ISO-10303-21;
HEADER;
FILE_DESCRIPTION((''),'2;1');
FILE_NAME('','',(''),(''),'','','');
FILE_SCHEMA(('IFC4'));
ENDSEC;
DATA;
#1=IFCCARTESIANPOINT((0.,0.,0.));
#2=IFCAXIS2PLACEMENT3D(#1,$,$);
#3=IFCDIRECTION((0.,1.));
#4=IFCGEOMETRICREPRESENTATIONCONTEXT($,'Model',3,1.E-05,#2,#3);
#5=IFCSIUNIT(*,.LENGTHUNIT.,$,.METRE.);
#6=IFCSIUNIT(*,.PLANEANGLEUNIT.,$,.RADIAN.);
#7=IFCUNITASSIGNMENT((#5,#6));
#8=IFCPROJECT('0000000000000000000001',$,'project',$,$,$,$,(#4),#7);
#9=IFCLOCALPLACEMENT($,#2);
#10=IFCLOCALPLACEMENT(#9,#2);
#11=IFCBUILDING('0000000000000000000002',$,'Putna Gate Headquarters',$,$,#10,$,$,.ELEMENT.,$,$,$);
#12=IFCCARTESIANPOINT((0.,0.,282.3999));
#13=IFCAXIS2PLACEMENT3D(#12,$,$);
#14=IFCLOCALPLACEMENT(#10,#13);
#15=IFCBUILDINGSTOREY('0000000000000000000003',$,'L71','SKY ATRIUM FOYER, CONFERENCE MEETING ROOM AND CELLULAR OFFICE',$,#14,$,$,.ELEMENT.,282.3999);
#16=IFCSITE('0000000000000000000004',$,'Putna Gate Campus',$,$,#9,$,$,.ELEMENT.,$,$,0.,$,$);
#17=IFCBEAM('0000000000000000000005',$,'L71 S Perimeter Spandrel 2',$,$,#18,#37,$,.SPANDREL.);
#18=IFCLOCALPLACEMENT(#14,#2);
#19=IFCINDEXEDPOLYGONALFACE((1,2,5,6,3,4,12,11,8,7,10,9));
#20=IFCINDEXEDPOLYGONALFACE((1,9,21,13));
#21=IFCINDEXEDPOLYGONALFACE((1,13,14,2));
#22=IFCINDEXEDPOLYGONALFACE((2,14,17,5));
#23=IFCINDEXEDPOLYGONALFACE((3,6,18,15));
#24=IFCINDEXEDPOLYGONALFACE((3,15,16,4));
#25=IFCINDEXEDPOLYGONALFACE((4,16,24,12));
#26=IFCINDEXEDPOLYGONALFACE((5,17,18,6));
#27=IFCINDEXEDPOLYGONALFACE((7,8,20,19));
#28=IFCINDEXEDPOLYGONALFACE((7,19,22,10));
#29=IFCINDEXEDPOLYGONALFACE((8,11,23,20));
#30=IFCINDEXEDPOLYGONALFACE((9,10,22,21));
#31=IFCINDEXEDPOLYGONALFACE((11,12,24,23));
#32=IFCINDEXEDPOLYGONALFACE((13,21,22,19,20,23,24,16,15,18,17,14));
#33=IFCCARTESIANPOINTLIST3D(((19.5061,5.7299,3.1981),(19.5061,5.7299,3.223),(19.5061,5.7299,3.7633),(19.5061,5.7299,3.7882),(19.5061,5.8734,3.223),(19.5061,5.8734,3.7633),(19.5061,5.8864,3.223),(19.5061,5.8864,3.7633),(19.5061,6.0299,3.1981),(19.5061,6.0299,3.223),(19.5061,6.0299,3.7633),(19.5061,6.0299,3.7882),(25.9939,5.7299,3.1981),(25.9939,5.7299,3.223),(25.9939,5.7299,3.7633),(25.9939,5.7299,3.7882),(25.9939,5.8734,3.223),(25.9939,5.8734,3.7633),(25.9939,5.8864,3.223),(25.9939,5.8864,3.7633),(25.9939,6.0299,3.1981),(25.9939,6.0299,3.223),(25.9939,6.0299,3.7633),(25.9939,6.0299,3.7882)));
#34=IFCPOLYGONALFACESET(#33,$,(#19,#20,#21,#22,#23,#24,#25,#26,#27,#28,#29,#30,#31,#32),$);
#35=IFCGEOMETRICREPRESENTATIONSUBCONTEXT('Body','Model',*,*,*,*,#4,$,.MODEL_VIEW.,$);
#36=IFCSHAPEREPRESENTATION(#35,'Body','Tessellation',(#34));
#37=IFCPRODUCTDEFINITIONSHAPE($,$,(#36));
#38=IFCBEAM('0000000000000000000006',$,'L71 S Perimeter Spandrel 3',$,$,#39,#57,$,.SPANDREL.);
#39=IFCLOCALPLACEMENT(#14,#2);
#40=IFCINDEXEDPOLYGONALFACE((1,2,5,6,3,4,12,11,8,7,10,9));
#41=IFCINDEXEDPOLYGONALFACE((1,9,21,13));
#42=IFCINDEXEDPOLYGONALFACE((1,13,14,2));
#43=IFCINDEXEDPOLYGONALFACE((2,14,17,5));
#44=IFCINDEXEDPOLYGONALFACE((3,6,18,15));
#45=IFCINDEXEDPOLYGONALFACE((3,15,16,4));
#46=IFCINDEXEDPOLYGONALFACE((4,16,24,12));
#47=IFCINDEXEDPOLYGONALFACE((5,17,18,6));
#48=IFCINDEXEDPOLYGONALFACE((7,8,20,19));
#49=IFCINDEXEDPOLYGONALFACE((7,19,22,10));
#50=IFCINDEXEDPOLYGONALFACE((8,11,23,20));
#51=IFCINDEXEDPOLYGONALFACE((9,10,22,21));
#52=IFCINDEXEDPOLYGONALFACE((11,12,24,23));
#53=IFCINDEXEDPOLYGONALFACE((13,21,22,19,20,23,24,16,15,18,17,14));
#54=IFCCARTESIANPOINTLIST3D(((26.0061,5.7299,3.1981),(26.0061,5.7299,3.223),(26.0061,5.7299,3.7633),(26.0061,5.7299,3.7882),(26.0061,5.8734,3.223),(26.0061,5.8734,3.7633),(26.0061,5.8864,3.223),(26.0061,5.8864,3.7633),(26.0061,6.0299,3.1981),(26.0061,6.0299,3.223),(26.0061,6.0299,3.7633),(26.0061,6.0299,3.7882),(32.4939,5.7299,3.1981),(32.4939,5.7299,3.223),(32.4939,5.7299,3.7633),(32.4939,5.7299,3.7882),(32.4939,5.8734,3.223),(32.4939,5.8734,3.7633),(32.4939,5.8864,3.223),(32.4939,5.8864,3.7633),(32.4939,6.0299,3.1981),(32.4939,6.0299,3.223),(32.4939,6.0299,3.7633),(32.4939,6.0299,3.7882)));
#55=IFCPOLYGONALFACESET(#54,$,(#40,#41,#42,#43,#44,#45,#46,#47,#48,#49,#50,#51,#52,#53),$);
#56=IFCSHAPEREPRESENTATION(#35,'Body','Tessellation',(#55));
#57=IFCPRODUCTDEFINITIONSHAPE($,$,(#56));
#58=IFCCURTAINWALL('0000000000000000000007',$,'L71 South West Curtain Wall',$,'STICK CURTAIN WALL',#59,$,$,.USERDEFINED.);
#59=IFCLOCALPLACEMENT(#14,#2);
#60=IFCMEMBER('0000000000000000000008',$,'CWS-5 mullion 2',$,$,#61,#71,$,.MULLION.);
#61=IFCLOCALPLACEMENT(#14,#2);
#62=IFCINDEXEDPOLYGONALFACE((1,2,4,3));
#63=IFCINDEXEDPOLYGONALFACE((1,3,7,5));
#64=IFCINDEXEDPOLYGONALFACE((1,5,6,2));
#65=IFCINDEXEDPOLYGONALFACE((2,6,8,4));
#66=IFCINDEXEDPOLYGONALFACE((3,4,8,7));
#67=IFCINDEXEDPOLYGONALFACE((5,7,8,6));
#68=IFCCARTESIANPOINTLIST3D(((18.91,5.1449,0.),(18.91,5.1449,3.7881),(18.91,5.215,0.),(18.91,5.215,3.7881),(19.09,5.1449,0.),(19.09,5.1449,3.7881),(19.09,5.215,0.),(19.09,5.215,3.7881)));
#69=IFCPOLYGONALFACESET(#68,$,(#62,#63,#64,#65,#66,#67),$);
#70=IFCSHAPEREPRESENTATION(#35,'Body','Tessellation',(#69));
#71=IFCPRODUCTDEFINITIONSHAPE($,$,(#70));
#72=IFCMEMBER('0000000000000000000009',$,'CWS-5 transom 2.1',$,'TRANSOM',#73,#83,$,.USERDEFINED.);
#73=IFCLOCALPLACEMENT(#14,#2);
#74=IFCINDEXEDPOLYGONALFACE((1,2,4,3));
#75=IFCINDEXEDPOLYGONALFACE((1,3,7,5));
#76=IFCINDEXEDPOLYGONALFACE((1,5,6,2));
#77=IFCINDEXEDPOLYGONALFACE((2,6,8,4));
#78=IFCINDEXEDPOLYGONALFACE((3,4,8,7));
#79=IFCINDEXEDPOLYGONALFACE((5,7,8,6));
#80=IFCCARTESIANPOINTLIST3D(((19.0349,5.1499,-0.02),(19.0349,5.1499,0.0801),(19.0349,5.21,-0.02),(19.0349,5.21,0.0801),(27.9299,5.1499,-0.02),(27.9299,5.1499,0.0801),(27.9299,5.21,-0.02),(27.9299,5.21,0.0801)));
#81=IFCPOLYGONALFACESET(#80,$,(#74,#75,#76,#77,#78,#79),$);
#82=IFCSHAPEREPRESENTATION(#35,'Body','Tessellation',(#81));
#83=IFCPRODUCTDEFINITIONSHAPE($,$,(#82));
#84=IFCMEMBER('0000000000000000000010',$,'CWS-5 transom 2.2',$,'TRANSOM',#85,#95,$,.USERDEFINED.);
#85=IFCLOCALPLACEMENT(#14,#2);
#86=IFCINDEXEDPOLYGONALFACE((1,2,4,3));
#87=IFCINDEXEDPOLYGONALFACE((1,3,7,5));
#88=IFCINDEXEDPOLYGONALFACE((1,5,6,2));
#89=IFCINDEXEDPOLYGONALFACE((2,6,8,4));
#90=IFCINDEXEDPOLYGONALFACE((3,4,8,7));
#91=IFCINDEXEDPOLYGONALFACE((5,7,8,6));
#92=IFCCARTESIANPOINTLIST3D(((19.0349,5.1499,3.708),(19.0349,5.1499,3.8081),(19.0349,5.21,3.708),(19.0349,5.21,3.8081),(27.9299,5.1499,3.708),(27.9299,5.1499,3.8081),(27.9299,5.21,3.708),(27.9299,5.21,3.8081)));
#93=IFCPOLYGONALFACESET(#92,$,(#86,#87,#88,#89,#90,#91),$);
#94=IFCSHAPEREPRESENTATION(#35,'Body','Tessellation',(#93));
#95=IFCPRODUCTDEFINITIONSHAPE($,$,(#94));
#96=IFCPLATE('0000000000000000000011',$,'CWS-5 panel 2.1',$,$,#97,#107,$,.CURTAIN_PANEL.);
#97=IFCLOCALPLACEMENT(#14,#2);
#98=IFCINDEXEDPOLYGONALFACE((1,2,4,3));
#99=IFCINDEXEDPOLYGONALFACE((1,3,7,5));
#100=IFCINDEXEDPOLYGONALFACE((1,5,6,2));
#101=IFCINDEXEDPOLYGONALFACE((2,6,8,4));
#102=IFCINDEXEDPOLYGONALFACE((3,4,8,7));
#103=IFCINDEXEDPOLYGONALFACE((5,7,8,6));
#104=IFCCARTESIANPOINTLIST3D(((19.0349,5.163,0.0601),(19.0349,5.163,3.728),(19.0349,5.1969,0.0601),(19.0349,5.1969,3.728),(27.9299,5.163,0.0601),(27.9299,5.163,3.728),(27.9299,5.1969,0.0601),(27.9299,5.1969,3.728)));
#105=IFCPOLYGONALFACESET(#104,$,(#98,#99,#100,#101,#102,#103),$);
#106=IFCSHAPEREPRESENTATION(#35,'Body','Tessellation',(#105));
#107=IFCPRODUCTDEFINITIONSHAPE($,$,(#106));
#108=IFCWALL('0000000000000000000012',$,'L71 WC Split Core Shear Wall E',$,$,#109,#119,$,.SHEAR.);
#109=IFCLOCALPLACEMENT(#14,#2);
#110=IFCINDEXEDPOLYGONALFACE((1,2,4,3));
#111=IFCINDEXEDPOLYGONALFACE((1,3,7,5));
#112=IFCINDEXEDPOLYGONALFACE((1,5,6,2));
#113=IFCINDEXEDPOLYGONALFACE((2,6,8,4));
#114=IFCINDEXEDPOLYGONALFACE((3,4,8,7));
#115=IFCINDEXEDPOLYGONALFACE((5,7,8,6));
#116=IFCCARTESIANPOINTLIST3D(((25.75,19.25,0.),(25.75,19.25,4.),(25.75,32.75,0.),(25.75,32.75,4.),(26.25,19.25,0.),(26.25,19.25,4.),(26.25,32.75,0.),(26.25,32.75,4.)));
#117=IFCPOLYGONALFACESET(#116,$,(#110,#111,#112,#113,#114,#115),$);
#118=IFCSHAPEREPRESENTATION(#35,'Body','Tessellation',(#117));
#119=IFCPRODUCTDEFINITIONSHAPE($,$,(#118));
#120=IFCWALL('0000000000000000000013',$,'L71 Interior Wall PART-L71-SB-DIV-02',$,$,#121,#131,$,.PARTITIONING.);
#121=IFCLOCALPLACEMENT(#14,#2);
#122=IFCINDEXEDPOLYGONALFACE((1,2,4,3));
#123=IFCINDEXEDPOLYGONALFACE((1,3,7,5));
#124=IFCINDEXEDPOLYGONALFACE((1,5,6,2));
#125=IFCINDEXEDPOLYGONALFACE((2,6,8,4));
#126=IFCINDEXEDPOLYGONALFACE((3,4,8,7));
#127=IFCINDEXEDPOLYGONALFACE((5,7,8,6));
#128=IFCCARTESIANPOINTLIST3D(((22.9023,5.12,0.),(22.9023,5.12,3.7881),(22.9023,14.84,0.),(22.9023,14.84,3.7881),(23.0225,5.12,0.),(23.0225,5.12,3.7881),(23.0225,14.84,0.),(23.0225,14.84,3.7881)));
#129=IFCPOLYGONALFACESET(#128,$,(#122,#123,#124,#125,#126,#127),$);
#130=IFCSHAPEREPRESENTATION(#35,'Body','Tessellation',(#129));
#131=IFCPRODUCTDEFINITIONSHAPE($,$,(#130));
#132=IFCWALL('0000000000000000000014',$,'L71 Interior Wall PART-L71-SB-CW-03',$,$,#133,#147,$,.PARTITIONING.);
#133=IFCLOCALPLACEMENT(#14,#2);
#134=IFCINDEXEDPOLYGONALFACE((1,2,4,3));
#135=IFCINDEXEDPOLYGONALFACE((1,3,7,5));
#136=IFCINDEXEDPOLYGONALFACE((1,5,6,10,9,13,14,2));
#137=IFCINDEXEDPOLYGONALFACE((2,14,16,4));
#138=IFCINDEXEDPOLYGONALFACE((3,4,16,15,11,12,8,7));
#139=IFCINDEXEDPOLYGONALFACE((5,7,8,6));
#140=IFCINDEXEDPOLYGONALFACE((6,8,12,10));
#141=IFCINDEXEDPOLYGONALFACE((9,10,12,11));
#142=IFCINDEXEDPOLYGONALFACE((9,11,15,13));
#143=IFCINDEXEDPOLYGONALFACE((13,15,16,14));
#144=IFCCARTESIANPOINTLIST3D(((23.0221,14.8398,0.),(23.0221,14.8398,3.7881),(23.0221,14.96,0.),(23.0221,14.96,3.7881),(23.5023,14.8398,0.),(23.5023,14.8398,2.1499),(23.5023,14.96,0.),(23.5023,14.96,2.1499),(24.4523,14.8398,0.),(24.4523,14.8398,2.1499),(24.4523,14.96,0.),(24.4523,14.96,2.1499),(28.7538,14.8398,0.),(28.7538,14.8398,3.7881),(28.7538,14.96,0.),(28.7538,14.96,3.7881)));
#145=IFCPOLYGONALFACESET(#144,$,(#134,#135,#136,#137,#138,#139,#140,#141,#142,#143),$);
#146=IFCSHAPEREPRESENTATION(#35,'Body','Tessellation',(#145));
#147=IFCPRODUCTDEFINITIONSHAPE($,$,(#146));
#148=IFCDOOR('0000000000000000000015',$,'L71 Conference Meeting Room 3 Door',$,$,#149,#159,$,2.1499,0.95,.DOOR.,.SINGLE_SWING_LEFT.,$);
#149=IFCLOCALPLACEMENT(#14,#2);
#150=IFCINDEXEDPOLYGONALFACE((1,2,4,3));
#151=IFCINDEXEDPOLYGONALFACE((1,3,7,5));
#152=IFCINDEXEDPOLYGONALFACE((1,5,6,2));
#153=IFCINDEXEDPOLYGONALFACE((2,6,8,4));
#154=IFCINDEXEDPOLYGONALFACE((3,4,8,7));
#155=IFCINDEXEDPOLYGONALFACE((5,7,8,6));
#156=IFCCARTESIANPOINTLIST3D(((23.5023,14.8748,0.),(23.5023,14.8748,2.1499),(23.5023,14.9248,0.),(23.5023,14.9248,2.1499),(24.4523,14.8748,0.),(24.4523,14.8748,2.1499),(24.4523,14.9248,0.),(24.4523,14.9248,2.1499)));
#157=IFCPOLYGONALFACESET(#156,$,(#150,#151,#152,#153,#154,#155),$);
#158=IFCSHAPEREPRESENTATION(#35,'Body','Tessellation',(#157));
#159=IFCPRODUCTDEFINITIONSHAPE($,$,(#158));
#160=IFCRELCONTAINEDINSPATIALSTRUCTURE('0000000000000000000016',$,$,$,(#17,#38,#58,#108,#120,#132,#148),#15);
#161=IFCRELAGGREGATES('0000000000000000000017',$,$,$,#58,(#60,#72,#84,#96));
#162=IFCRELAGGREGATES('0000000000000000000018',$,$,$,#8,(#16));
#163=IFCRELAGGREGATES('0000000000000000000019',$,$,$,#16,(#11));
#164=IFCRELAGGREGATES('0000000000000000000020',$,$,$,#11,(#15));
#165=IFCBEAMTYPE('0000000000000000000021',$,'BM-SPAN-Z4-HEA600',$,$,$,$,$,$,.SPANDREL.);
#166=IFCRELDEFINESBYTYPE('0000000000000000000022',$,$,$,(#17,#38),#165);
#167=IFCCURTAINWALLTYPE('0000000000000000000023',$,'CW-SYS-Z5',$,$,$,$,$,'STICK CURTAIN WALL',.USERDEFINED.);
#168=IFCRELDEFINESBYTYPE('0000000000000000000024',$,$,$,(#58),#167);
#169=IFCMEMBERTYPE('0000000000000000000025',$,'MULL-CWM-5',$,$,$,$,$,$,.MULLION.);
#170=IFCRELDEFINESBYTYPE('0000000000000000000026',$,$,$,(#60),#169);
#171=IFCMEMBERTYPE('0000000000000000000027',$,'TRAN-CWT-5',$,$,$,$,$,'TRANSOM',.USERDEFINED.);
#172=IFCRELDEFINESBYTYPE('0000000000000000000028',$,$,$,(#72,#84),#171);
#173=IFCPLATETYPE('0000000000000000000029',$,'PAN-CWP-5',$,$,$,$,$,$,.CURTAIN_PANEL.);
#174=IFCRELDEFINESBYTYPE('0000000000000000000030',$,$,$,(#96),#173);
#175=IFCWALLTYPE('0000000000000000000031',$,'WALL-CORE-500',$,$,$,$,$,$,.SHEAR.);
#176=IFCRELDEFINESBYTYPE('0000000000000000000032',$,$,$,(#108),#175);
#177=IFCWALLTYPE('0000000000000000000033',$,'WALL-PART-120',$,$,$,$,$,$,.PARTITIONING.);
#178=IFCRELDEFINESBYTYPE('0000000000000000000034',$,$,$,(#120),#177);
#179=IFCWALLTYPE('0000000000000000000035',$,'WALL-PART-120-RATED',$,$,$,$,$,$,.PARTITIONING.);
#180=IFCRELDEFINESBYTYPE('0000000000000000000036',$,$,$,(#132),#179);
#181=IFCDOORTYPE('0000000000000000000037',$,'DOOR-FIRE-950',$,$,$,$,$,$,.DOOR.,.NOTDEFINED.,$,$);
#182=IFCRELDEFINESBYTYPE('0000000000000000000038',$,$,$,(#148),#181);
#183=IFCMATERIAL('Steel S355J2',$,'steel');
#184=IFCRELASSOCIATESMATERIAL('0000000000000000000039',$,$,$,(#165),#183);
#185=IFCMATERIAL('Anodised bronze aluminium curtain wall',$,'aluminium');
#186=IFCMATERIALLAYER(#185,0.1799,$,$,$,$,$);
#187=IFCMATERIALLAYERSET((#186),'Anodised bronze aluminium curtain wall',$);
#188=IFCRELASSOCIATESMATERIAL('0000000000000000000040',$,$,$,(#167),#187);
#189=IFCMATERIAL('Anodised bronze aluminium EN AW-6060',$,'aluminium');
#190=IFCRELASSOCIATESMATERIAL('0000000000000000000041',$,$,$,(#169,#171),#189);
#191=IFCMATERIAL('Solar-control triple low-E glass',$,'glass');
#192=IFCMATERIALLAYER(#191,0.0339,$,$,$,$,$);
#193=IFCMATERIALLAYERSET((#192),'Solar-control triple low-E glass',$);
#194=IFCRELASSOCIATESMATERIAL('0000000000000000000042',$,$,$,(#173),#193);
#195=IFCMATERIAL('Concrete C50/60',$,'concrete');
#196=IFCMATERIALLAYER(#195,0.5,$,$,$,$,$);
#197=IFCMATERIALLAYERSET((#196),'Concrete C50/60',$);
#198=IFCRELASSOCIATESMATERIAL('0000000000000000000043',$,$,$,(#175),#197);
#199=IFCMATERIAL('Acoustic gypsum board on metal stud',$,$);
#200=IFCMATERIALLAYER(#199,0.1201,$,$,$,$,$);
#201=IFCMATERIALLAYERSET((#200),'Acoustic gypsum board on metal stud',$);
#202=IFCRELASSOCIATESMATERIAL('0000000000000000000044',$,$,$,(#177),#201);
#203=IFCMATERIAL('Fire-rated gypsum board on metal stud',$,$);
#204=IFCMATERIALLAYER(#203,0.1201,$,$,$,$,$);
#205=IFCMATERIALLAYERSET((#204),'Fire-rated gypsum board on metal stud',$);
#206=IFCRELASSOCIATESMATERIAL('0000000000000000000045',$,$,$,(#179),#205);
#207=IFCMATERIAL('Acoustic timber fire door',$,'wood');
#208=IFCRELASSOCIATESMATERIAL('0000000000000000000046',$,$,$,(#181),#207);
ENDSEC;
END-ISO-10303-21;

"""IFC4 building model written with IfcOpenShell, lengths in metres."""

from ifc_helpers import new_model, si_unit, direction, frame, frame_2d, origin, origin_2d, place, context, subcontext, project, spatial, rectangle, i_section, extrude, material, layer, layer_set, material_profile, profile_set, type_object, element, fill, aggregate, save


model = new_model("IFC4")

# Units and contexts
model_context = context("Model", 3, precision=1e-05, world=origin(), true_north=direction((0.0, 1.0)))
body_context = subcontext(model_context, "Body", "Model", "MODEL_VIEW")
ifc_project = project(units=[si_unit("LENGTHUNIT", "METRE"), si_unit("PLANEANGLEUNIT", "RADIAN")], contexts=[model_context])

# Site, building, storey
site_placement = place(None, origin())
site = spatial("IfcSite", under=ifc_project, at=site_placement, Name="Putna Gate Campus", CompositionType="ELEMENT", RefElevation=0.0)
building_placement = place(site_placement, origin())
building = spatial("IfcBuilding", under=site, at=building_placement, Name="Putna Gate Headquarters", CompositionType="ELEMENT")
storey_placement = place(building_placement, frame((0.0, 0.0, 282.3999)))
storey = spatial("IfcBuildingStorey", under=building, at=storey_placement, Name="L71", Description="SKY ATRIUM FOYER, CONFERENCE MEETING ROOM AND CELLULAR OFFICE", CompositionType="ELEMENT", Elevation=282.3999)

# Beams
ifc_material_1 = material(Name="Steel S355J2", Category="steel")
ifc_material_profile_1 = material_profile(ifc_material_1, i_section(OverallWidth=0.3, OverallDepth=0.5901, WebThickness=0.0129, FlangeThickness=0.0249, at=origin_2d()), Name="Steel S355J2")
ifc_profile_set_1 = profile_set([ifc_material_profile_1], Name="Steel S355J2")
beam_type_1 = type_object("IfcBeamType", Name="BM-SPAN-Z4-HEA600", PredefinedType="SPANDREL", material=ifc_profile_set_1)
for number, where, z_axis, x_axis, name in (
    (1, (19.5061, 5.8799, 3.4932), (1.0, 0.0, 0.0), (0.0, 1.0, 0.0), "L71 S Perimeter Spandrel 2"),
    (2, (26.0061, 5.8799, 3.4932), (1.0, 0.0, 0.0), (0.0, 1.0, 0.0), "L71 S Perimeter Spandrel 3"),
):
    element("IfcBeam", number, at=place(storey_placement, frame(where, z_axis=z_axis, x_axis=x_axis)), inside=storey, type_object=beam_type_1, Name=name, PredefinedType="SPANDREL", context=body_context, shape_type="SweptSolid", body=[
        extrude(i_section(OverallWidth=0.3, OverallDepth=0.5901, WebThickness=0.0129, FlangeThickness=0.0249, at=origin_2d()), origin(), (0.0, 0.0, 1.0), 6.4878),
    ])

# Curtain wall, members, plate
ifc_material_2 = material(Name="Anodised bronze aluminium curtain wall", Category="aluminium")
ifc_layer_1 = layer(ifc_material_2, 0.1799)
ifc_layer_set_1 = layer_set([ifc_layer_1], Name="Anodised bronze aluminium curtain wall")
curtain_wall_type = type_object("IfcCurtainWallType", Name="CW-SYS-Z5", ElementType="STICK CURTAIN WALL", PredefinedType="USERDEFINED", material=ifc_layer_set_1)
curtain_wall_placement = place(storey_placement, origin())
curtain_wall = element("IfcCurtainWall", 3, at=curtain_wall_placement, inside=storey, type_object=curtain_wall_type, Name="L71 South West Curtain Wall", ObjectType="STICK CURTAIN WALL", PredefinedType="USERDEFINED")
ifc_material_3 = material(Name="Anodised bronze aluminium EN AW-6060", Category="aluminium")
ifc_material_profile_2 = material_profile(ifc_material_3, rectangle(XDim=0.0701, YDim=0.1799, at=origin_2d()), Name="Anodised bronze aluminium EN AW-6060")
ifc_profile_set_2 = profile_set([ifc_material_profile_2], Name="Anodised bronze aluminium EN AW-6060")
member_type_1 = type_object("IfcMemberType", Name="MULL-CWM-5", PredefinedType="MULLION", material=ifc_profile_set_2)
member_1_placement = place(storey_placement, frame((19.0, 5.1799, 0.0), z_axis=(0.0, 0.0, 1.0), x_axis=(0.0, 1.0, 0.0)))
member_1 = element("IfcMember", 4, at=member_1_placement, type_object=member_type_1, Name="CWS-5 mullion 2", PredefinedType="MULLION", context=body_context, shape_type="SweptSolid", body=[
    extrude(rectangle(XDim=0.0701, YDim=0.1799, at=origin_2d()), origin(), (0.0, 0.0, 1.0), 3.7881),
])
ifc_material_profile_3 = material_profile(ifc_material_3, rectangle(XDim=0.0601, YDim=0.1001, at=origin_2d()), Name="Anodised bronze aluminium EN AW-6060")
ifc_profile_set_3 = profile_set([ifc_material_profile_3], Name="Anodised bronze aluminium EN AW-6060")
member_type_2 = type_object("IfcMemberType", Name="TRAN-CWT-5", ElementType="TRANSOM", PredefinedType="USERDEFINED", material=ifc_profile_set_3)
member_2_placement = place(storey_placement, frame((19.0349, 5.1799, 0.03), z_axis=(1.0, 0.0, 0.0), x_axis=(0.0, 1.0, 0.0)))
member_2 = element("IfcMember", 5, at=member_2_placement, type_object=member_type_2, Name="CWS-5 transom 2.1", ObjectType="TRANSOM", PredefinedType="USERDEFINED", context=body_context, shape_type="SweptSolid", body=[
    extrude(rectangle(XDim=0.0601, YDim=0.1001, at=origin_2d()), origin(), (0.0, 0.0, 1.0), 8.895),
])
member_3_placement = place(storey_placement, frame((19.0349, 5.1799, 3.7581), z_axis=(1.0, 0.0, 0.0), x_axis=(0.0, 1.0, 0.0)))
member_3 = element("IfcMember", 6, at=member_3_placement, type_object=member_type_2, Name="CWS-5 transom 2.2", ObjectType="TRANSOM", PredefinedType="USERDEFINED", context=body_context, shape_type="SweptSolid", body=[
    extrude(rectangle(XDim=0.0601, YDim=0.1001, at=origin_2d()), origin(), (0.0, 0.0, 1.0), 8.895),
])
ifc_material_4 = material(Name="Solar-control triple low-E glass", Category="glass")
ifc_layer_2 = layer(ifc_material_4, 0.0339)
ifc_layer_set_2 = layer_set([ifc_layer_2], Name="Solar-control triple low-E glass")
plate_type = type_object("IfcPlateType", Name="PAN-CWP-5", PredefinedType="CURTAIN_PANEL", material=ifc_layer_set_2)
plate_placement = place(storey_placement, frame((23.4824, 5.1799, 0.0601), z_axis=(0.0, 0.0, 1.0), x_axis=(1.0, 0.0, 0.0)))
plate = element("IfcPlate", 7, at=plate_placement, type_object=plate_type, Name="CWS-5 panel 2.1", PredefinedType="CURTAIN_PANEL", context=body_context, shape_type="SweptSolid", body=[
    extrude(rectangle(XDim=8.895, YDim=0.0339, at=origin_2d()), origin(), (0.0, 0.0, 1.0), 3.668),
])
aggregate(curtain_wall, [member_1, member_2, member_3, plate])

# Walls
ifc_material_5 = material(Name="Concrete C50/60", Category="concrete")
ifc_layer_3 = layer(ifc_material_5, 0.5)
ifc_layer_set_3 = layer_set([ifc_layer_3], Name="Concrete C50/60")
wall_type_1 = type_object("IfcWallType", Name="WALL-CORE-500", PredefinedType="SHEAR", material=ifc_layer_set_3)
wall_1_placement = place(storey_placement, frame((26.0, 19.25, 0.0), z_axis=(0.0, 0.0, 1.0), x_axis=(0.0, 1.0, 0.0)))
element("IfcWall", 8, at=wall_1_placement, inside=storey, type_object=wall_type_1, Name="L71 WC Split Core Shear Wall E", PredefinedType="SHEAR", context=body_context, shape_type="SweptSolid", body=[
    extrude(rectangle(XDim=13.5, YDim=0.5, at=frame_2d((6.75, 0.0))), origin(), (0.0, 0.0, 1.0), 4.0),
])
ifc_material_6 = material(Name="Acoustic gypsum board on metal stud")
ifc_layer_4 = layer(ifc_material_6, 0.1201)
ifc_layer_set_4 = layer_set([ifc_layer_4], Name="Acoustic gypsum board on metal stud")
wall_type_2 = type_object("IfcWallType", Name="WALL-PART-120", PredefinedType="PARTITIONING", material=ifc_layer_set_4)
wall_2_placement = place(storey_placement, frame((22.9624, 5.1201, 0.0), z_axis=(0.0, 0.0, 1.0), x_axis=(0.0, 1.0, 0.0)))
element("IfcWall", 9, at=wall_2_placement, inside=storey, type_object=wall_type_2, Name="L71 Interior Wall PART-L71-SB-DIV-02", PredefinedType="PARTITIONING", context=body_context, shape_type="SweptSolid", body=[
    extrude(rectangle(XDim=9.72, YDim=0.1201, at=frame_2d((4.8599, 0.0))), origin(), (0.0, 0.0, 1.0), 3.7881),
])

# Wall, opening, door
ifc_material_7 = material(Name="Fire-rated gypsum board on metal stud")
ifc_layer_5 = layer(ifc_material_7, 0.1201)
ifc_layer_set_5 = layer_set([ifc_layer_5], Name="Fire-rated gypsum board on metal stud")
wall_type_3 = type_object("IfcWallType", Name="WALL-PART-120-RATED", PredefinedType="PARTITIONING", material=ifc_layer_set_5)
wall_3_placement = place(storey_placement, frame((23.0222, 14.8999, 0.0), z_axis=(0.0, 0.0, 1.0), x_axis=(1.0, 0.0, 0.0)))
wall_3 = element("IfcWall", 10, at=wall_3_placement, inside=storey, type_object=wall_type_3, Name="L71 Interior Wall PART-L71-SB-CW-03", PredefinedType="PARTITIONING", context=body_context, shape_type="SweptSolid", body=[
    extrude(rectangle(XDim=5.7317, YDim=0.1201, at=frame_2d((2.8657, 0.0))), origin(), (0.0, 0.0, 1.0), 3.7881),
])
opening_1_placement = place(wall_3_placement, frame((0.48, 0.0, 0.0)))
opening_1 = element("IfcOpeningElement", 11, at=opening_1_placement, cuts=wall_3, PredefinedType="OPENING", context=body_context, shape_type="SweptSolid", body=[
    extrude(rectangle(XDim=0.95, YDim=2.1499, at=frame_2d((0.4751, 1.075))), frame((0.0, 0.0701, 0.0), z_axis=(0.0, -1.0, 0.0), x_axis=(1.0, 0.0, 0.0)), (0.0, 0.0, 1.0), 0.1401),
])
ifc_material_8 = material(Name="Acoustic timber fire door", Category="wood")
door_type_1 = type_object("IfcDoorType", Name="DOOR-FIRE-950", OperationType="NOTDEFINED", PredefinedType="DOOR", material=ifc_material_8)
door_1_placement = place(opening_1_placement, origin())
door_1 = element("IfcDoor", 12, at=door_1_placement, inside=storey, type_object=door_type_1, Name="L71 Conference Meeting Room 3 Door", OperationType="SINGLE_SWING_LEFT", OverallHeight=2.1499, OverallWidth=0.95, PredefinedType="DOOR", context=body_context, shape_type="SweptSolid", body=[
    extrude(rectangle(XDim=0.95, YDim=2.1499, at=frame_2d((0.4751, 1.075))), frame((0.0, 0.0249, 0.0), z_axis=(0.0, -1.0, 0.0), x_axis=(1.0, 0.0, 0.0)), (0.0, 0.0, 1.0), 0.05),
])
fill(opening_1, door_1)

save(model, "model.ifc")
